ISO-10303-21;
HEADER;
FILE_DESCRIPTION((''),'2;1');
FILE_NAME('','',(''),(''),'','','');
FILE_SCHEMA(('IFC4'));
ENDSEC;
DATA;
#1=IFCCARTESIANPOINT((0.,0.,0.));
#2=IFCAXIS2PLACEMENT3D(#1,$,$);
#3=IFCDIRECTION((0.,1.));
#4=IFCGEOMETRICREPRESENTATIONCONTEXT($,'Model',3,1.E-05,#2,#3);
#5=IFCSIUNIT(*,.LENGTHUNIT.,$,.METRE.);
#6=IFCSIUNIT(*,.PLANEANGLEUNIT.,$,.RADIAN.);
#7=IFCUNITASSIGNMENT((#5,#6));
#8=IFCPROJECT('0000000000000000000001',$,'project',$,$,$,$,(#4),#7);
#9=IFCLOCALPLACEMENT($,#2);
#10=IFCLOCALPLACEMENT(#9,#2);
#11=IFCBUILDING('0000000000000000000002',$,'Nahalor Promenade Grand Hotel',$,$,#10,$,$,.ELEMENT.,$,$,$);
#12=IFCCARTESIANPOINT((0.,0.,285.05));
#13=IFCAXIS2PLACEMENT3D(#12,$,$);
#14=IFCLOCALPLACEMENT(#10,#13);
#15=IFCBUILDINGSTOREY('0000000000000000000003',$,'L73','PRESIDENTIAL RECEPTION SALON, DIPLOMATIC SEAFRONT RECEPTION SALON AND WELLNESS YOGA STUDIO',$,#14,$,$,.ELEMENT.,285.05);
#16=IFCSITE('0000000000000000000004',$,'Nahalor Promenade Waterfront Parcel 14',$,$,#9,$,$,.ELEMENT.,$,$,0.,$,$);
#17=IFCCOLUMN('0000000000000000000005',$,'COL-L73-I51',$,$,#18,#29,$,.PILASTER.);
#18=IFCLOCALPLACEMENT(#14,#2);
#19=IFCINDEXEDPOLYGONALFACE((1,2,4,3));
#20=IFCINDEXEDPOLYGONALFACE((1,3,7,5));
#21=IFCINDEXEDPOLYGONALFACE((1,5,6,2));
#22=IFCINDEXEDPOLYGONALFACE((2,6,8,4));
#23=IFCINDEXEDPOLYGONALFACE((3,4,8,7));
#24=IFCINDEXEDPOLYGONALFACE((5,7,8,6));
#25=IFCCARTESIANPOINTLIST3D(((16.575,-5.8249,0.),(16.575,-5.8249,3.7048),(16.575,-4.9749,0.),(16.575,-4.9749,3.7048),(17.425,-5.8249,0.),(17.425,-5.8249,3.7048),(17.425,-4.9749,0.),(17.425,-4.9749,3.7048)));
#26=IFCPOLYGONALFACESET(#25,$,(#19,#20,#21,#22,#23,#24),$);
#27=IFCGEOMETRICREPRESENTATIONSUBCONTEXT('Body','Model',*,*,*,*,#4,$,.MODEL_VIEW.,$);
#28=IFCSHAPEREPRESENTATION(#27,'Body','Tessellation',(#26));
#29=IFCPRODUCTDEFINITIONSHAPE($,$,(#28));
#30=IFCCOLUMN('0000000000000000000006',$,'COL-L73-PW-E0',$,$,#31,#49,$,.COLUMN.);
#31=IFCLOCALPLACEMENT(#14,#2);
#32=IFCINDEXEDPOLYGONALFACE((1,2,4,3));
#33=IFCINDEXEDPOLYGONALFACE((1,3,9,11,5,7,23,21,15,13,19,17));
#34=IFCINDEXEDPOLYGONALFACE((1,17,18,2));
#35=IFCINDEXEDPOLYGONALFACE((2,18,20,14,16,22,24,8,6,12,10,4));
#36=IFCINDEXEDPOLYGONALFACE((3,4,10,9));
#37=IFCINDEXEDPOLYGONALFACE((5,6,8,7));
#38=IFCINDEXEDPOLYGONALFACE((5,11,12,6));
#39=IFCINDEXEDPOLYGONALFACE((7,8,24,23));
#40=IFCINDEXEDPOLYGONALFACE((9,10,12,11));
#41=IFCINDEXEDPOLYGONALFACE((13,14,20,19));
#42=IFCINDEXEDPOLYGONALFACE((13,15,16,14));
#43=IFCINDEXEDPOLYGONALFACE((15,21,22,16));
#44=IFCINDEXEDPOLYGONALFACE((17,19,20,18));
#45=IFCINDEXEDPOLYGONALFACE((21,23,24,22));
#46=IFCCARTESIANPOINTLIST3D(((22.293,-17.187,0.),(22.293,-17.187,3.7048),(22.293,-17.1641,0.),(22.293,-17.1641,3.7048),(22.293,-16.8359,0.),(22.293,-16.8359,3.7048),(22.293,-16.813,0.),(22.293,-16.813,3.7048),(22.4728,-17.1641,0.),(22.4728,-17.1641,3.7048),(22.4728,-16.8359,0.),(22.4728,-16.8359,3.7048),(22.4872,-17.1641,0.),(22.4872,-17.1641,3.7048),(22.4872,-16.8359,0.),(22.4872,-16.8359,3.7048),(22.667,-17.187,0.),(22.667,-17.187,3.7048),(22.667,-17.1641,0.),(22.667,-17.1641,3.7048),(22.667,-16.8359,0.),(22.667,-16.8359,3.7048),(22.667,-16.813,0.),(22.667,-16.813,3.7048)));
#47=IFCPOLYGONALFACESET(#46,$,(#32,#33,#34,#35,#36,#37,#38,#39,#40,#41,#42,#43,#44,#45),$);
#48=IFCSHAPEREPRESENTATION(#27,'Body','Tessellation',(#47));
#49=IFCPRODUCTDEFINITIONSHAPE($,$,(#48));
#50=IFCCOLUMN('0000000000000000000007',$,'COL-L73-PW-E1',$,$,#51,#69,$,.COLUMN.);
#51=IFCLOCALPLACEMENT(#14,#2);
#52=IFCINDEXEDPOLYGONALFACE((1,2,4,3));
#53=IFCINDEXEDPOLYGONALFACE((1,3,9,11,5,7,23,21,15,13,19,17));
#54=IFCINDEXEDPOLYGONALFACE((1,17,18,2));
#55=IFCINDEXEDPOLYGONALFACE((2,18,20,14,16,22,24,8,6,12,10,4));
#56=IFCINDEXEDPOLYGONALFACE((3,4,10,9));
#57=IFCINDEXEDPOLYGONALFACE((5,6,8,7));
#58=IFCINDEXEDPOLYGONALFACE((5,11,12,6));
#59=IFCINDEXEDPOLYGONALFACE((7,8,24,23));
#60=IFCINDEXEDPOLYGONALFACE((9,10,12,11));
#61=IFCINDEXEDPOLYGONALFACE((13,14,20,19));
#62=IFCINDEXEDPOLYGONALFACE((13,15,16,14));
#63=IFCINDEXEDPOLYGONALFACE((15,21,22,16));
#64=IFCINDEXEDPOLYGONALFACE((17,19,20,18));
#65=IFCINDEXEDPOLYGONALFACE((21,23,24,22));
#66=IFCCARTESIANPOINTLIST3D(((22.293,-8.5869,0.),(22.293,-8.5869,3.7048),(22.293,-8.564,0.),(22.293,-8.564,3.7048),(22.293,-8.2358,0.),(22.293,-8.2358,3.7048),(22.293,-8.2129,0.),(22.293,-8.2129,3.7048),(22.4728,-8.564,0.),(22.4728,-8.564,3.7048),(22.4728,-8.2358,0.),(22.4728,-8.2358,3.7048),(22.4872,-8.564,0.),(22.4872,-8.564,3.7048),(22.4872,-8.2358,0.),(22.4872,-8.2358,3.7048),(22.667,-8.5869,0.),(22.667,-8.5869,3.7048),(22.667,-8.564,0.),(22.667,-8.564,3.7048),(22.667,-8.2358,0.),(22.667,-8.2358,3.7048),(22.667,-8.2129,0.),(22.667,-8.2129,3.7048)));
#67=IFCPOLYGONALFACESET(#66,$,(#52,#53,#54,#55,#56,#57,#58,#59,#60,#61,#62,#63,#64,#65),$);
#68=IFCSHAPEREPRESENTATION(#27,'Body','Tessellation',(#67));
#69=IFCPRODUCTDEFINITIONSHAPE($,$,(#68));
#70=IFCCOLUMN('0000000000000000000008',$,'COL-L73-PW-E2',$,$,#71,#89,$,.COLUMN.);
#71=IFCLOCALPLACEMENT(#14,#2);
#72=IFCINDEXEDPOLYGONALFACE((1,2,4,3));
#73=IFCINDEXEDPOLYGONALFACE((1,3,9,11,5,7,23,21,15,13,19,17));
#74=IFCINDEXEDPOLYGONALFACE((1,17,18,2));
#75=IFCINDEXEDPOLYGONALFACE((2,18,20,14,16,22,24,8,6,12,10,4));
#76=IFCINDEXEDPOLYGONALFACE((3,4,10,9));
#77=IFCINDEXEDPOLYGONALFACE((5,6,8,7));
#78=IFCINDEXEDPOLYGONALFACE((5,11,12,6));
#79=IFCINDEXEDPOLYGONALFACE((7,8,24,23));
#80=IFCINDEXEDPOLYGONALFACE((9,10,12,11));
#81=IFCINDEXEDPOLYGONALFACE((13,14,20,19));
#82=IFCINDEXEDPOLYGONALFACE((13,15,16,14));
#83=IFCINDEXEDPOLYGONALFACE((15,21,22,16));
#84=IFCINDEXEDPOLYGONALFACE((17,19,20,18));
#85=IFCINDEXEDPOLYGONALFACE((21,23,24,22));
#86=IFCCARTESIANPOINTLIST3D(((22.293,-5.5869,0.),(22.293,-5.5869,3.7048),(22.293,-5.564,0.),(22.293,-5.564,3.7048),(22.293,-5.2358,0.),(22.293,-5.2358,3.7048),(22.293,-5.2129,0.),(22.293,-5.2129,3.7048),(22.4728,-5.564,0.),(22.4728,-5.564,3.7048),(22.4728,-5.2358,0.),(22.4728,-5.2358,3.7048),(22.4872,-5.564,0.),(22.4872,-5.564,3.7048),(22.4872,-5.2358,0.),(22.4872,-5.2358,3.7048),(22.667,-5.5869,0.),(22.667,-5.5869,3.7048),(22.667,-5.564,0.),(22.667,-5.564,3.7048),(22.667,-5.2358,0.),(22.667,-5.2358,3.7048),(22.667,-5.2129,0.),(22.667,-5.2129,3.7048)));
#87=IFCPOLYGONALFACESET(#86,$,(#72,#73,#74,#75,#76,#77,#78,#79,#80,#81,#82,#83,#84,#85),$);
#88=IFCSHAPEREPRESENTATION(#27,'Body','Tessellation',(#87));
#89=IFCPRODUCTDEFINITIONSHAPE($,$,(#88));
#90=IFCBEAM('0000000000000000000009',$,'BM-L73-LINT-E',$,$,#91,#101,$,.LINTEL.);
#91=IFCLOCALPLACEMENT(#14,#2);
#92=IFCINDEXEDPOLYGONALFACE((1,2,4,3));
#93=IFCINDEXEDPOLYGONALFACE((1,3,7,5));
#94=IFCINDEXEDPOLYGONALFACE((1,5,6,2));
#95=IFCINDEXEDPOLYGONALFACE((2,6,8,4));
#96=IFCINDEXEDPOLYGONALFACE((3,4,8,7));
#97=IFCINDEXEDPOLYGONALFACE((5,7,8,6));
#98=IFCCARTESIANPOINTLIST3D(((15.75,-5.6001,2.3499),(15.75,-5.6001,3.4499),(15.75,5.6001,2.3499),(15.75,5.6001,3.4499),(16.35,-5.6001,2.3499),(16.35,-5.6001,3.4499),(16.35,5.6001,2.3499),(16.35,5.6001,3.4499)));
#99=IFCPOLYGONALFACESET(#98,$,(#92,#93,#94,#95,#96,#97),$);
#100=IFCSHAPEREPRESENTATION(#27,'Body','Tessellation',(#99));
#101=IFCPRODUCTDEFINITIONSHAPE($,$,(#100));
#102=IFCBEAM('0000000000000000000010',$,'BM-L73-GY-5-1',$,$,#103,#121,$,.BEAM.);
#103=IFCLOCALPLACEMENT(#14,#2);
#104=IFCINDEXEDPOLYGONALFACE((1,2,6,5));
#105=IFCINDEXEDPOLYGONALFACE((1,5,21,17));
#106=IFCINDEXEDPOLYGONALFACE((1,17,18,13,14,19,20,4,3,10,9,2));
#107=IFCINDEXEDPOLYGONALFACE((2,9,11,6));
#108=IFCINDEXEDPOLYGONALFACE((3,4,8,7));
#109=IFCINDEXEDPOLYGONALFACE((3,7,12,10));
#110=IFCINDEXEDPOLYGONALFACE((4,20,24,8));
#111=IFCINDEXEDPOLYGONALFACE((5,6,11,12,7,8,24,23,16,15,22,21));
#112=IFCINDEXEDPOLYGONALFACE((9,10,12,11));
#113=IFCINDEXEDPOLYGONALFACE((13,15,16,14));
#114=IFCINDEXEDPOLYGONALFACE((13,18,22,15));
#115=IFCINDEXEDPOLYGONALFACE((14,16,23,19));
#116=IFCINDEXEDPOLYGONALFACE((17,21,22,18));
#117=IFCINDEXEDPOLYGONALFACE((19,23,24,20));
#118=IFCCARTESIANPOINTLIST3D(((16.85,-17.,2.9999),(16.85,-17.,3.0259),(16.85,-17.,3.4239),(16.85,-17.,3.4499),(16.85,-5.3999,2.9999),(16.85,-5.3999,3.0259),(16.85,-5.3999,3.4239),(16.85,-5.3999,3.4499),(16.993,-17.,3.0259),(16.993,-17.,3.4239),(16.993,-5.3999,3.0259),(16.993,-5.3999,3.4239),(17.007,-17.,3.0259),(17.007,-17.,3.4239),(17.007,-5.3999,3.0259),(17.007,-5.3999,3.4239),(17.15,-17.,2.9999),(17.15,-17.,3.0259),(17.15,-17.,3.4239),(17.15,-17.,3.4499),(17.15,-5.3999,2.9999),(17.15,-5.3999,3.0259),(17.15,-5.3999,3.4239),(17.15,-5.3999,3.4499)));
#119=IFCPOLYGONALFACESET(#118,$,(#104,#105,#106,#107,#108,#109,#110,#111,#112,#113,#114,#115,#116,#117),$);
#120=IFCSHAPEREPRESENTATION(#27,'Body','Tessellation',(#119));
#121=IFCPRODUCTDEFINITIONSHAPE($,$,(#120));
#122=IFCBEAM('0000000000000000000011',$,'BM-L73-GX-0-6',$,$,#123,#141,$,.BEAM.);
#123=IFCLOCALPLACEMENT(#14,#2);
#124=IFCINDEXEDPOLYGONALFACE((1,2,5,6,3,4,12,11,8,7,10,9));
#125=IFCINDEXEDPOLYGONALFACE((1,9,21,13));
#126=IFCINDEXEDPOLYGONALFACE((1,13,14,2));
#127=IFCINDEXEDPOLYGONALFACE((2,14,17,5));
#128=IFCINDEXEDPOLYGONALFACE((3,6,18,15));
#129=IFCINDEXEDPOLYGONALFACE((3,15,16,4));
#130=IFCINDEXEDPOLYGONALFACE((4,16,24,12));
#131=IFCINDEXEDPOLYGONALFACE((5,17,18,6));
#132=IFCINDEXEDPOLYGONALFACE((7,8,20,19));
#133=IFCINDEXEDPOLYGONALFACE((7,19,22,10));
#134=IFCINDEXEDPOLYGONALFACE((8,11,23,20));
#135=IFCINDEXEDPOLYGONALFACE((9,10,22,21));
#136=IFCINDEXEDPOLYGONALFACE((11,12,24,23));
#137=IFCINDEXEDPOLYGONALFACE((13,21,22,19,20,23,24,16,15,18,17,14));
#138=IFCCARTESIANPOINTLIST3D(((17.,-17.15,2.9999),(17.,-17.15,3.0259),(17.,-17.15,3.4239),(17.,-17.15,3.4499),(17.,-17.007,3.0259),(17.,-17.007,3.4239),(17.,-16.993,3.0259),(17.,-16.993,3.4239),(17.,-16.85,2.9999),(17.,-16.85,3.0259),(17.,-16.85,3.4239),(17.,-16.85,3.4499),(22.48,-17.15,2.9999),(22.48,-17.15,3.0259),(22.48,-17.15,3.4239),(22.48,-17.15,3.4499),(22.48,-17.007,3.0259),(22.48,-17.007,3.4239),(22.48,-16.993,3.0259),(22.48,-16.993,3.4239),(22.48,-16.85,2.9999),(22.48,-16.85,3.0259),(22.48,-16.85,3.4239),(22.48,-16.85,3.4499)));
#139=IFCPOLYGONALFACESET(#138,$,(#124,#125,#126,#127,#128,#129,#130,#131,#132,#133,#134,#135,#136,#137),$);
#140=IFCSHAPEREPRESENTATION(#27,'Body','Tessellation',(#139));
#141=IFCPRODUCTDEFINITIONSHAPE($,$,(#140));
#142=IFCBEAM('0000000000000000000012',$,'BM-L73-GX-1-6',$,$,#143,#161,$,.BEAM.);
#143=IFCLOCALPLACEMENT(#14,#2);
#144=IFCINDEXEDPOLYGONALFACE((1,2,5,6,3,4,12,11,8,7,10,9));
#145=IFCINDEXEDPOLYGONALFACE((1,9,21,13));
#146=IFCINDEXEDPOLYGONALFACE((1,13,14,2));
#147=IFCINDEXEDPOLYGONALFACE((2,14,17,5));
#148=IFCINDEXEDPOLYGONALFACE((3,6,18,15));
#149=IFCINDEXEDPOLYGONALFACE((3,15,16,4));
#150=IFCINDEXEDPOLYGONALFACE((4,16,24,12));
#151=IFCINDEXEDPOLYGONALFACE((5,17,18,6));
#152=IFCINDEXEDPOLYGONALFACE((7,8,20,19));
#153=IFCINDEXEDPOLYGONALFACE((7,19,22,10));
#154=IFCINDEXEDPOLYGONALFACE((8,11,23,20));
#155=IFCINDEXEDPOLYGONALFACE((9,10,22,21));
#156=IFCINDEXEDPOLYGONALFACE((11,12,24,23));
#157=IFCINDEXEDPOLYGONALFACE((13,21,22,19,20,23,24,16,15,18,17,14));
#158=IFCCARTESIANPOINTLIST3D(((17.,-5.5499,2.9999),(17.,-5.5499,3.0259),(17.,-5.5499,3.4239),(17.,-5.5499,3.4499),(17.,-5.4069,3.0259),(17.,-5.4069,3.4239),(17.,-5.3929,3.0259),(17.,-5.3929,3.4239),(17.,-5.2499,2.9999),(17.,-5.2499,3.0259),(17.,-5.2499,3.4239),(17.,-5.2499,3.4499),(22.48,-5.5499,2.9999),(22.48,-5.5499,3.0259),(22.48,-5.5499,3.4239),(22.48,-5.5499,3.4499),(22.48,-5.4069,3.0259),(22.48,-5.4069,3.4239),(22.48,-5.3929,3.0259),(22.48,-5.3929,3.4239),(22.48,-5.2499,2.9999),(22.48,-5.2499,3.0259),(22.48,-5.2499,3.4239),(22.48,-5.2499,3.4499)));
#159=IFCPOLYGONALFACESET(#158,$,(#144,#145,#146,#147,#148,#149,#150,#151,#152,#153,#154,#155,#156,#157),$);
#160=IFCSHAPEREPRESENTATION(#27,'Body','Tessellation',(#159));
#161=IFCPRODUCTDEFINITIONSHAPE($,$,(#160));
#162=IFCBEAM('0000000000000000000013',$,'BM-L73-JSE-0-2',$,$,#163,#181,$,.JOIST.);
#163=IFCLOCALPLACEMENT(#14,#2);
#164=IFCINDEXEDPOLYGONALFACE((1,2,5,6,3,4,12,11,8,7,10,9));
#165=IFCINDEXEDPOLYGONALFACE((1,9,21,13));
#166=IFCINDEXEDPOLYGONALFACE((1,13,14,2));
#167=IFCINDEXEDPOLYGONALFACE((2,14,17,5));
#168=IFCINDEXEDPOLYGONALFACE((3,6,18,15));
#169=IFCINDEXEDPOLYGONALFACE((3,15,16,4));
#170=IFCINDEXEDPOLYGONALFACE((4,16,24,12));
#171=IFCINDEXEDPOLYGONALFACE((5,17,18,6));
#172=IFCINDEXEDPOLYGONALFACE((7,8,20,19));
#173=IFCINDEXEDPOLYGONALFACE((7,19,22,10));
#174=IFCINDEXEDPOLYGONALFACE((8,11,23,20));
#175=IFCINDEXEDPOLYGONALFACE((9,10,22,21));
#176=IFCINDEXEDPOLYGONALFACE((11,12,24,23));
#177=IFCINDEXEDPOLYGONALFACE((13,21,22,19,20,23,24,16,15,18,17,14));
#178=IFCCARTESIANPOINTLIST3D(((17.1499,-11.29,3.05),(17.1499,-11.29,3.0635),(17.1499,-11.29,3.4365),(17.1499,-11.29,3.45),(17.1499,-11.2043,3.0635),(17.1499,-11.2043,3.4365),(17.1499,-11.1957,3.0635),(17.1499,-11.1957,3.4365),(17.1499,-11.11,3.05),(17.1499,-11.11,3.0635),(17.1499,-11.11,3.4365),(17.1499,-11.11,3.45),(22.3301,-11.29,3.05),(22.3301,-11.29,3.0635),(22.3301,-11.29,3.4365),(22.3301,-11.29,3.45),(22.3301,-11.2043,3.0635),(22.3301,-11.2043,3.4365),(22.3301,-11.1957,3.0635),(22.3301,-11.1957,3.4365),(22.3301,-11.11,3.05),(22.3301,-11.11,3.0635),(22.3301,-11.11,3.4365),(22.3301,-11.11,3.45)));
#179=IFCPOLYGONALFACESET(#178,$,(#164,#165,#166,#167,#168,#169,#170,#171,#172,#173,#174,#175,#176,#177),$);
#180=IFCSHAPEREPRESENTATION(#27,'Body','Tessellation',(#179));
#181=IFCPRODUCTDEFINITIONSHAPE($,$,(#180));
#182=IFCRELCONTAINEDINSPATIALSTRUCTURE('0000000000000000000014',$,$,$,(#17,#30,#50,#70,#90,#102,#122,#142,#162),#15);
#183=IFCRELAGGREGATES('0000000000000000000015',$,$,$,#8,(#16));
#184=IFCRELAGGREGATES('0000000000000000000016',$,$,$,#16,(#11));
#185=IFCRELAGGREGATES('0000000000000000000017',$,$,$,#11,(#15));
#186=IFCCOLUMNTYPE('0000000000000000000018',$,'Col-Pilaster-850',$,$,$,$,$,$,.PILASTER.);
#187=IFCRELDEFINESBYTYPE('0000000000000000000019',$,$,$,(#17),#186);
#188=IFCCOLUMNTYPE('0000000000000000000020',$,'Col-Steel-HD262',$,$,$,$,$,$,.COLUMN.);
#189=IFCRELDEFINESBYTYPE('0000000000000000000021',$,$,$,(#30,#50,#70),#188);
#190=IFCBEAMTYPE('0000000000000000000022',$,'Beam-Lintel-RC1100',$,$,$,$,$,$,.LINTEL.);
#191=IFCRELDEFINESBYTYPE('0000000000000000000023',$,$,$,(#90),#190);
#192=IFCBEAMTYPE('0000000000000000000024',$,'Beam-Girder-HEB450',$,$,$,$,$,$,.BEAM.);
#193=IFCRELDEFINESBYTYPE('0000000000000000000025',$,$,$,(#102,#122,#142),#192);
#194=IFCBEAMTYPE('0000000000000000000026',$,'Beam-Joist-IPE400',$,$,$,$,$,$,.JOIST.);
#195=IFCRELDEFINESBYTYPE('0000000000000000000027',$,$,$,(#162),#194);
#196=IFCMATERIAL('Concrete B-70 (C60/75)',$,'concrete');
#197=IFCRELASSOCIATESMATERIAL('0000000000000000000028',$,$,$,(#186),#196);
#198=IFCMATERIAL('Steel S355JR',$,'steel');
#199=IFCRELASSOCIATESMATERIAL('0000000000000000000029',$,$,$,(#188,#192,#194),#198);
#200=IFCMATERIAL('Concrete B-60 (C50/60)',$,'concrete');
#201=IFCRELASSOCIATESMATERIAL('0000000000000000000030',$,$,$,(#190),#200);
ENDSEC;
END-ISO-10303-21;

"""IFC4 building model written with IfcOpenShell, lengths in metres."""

from ifc_helpers import new_model, si_unit, direction, frame, origin, origin_2d, place, context, subcontext, project, spatial, rectangle, i_section, extrude, source, transform, mapped, material, material_profile, profile_set, type_object, element, save


model = new_model("IFC4")

# Units and contexts
model_context = context("Model", 3, precision=1e-05, world=origin(), true_north=direction((0.0, 1.0)))
body_context = subcontext(model_context, "Body", "Model", "MODEL_VIEW")
ifc_project = project(units=[si_unit("LENGTHUNIT", "METRE"), si_unit("PLANEANGLEUNIT", "RADIAN")], contexts=[model_context])

# Site, building, storey
site_placement = place(None, origin())
site = spatial("IfcSite", under=ifc_project, at=site_placement, Name="Nahalor Promenade Waterfront Parcel 14", CompositionType="ELEMENT", RefElevation=0.0)
building_placement = place(site_placement, origin())
building = spatial("IfcBuilding", under=site, at=building_placement, Name="Nahalor Promenade Grand Hotel", CompositionType="ELEMENT")
storey_placement = place(building_placement, frame((0.0, 0.0, 285.05)))
storey = spatial("IfcBuildingStorey", under=building, at=storey_placement, Name="L73", Description="PRESIDENTIAL RECEPTION SALON, DIPLOMATIC SEAFRONT RECEPTION SALON AND WELLNESS YOGA STUDIO", CompositionType="ELEMENT", Elevation=285.05)

# Columns
ifc_material_1 = material(Name="Concrete B-70 (C60/75)", Category="concrete")
ifc_material_profile_1 = material_profile(ifc_material_1, rectangle(XDim=0.85, YDim=0.85, at=origin_2d()), Name="RC 850x850")
ifc_profile_set_1 = profile_set([ifc_material_profile_1], Name="Concrete B-70 (C60/75)")
column_type_1 = type_object("IfcColumnType", Name="Col-Pilaster-850", PredefinedType="PILASTER", material=ifc_profile_set_1)
shared_shape_1 = source(origin(), body_context, "Body", "SweptSolid", [
    extrude(rectangle(XDim=0.85, YDim=0.85, at=origin_2d()), origin(), (0.0, 0.0, 1.0), 3.7048),
])
column_placement = place(storey_placement, frame((17.0, -5.3999, 0.0), z_axis=(0.0, 0.0, 1.0), x_axis=(1.0, 0.0, 0.0)))
element("IfcColumn", 1, at=column_placement, inside=storey, type_object=column_type_1, Name="COL-L73-I51", PredefinedType="PILASTER", context=body_context, shape_type="MappedRepresentation", body=[
    mapped(shared_shape_1, transform((0.0, 0.0, 0.0), scale=1.0)),
])
ifc_material_2 = material(Name="Steel S355JR", Category="steel")
ifc_material_profile_2 = material_profile(ifc_material_2, i_section(OverallWidth=0.374, OverallDepth=0.374, WebThickness=0.0144, FlangeThickness=0.0229, at=origin_2d()), Name="HD 360x262")
ifc_profile_set_2 = profile_set([ifc_material_profile_2], Name="Steel S355JR")
column_type_2 = type_object("IfcColumnType", Name="Col-Steel-HD262", PredefinedType="COLUMN", material=ifc_profile_set_2)
shared_shape_2 = source(origin(), body_context, "Body", "SweptSolid", [
    extrude(i_section(OverallWidth=0.374, OverallDepth=0.374, WebThickness=0.0144, FlangeThickness=0.0229, at=origin_2d()), origin(), (0.0, 0.0, 1.0), 3.7048),
])
for number, where, z_axis, x_axis, name in (
    (2, (22.48, -17.0, 0.0), (0.0, 0.0, 1.0), (1.0, 0.0, 0.0), "COL-L73-PW-E0"),
    (3, (22.48, -8.3999, 0.0), (0.0, 0.0, 1.0), (1.0, 0.0, 0.0), "COL-L73-PW-E1"),
    (4, (22.48, -5.3999, 0.0), (0.0, 0.0, 1.0), (1.0, 0.0, 0.0), "COL-L73-PW-E2"),
):
    element("IfcColumn", number, at=place(storey_placement, frame(where, z_axis=z_axis, x_axis=x_axis)), inside=storey, type_object=column_type_2, Name=name, PredefinedType="COLUMN", context=body_context, shape_type="MappedRepresentation", body=[
        mapped(shared_shape_2, transform((0.0, 0.0, 0.0), scale=1.0)),
    ])

# Beams
ifc_material_3 = material(Name="Concrete B-60 (C50/60)", Category="concrete")
ifc_material_profile_3 = material_profile(ifc_material_3, rectangle(XDim=0.6, YDim=1.1, at=origin_2d()), Name="RC 600x1100")
ifc_profile_set_3 = profile_set([ifc_material_profile_3], Name="Concrete B-60 (C50/60)")
beam_type_1 = type_object("IfcBeamType", Name="Beam-Lintel-RC1100", PredefinedType="LINTEL", material=ifc_profile_set_3)
shared_shape_3 = source(origin(), body_context, "Body", "SweptSolid", [
    extrude(rectangle(XDim=0.6, YDim=1.1, at=origin_2d()), origin(), (0.0, 0.0, 1.0), 11.2002),
])
beam_1_placement = place(storey_placement, frame((16.05, -5.6001, 2.8999), z_axis=(0.0, 1.0, 0.0), x_axis=(-1.0, 0.0, 0.0)))
element("IfcBeam", 5, at=beam_1_placement, inside=storey, type_object=beam_type_1, Name="BM-L73-LINT-E", PredefinedType="LINTEL", context=body_context, shape_type="MappedRepresentation", body=[
    mapped(shared_shape_3, transform((0.0, 0.0, 0.0), scale=1.0)),
])
ifc_material_profile_4 = material_profile(ifc_material_2, i_section(OverallWidth=0.3, OverallDepth=0.45, WebThickness=0.014, FlangeThickness=0.026, at=origin_2d()), Name="HEB 450")
ifc_profile_set_4 = profile_set([ifc_material_profile_4], Name="Steel S355JR")
beam_type_2 = type_object("IfcBeamType", Name="Beam-Girder-HEB450", PredefinedType="BEAM", material=ifc_profile_set_4)
shared_shape_4 = source(origin(), body_context, "Body", "SweptSolid", [
    extrude(i_section(OverallWidth=0.3, OverallDepth=0.45, WebThickness=0.014, FlangeThickness=0.026, at=origin_2d()), origin(), (0.0, 0.0, 1.0), 11.6001),
])
beam_2_placement = place(storey_placement, frame((17.0, -17.0, 3.2249), z_axis=(0.0, 1.0, 0.0), x_axis=(-1.0, 0.0, 0.0)))
element("IfcBeam", 6, at=beam_2_placement, inside=storey, type_object=beam_type_2, Name="BM-L73-GY-5-1", PredefinedType="BEAM", context=body_context, shape_type="MappedRepresentation", body=[
    mapped(shared_shape_4, transform((0.0, 0.0, 0.0), scale=1.0)),
])
shared_shape_5 = source(origin(), body_context, "Body", "SweptSolid", [
    extrude(i_section(OverallWidth=0.3, OverallDepth=0.45, WebThickness=0.014, FlangeThickness=0.026, at=origin_2d()), origin(), (0.0, 0.0, 1.0), 5.48),
])
for number, where, z_axis, x_axis, name in (
    (7, (17.0, -17.0, 3.2249), (1.0, 0.0, 0.0), (0.0, 1.0, 0.0), "BM-L73-GX-0-6"),
    (8, (17.0, -5.3999, 3.2249), (1.0, 0.0, 0.0), (0.0, 1.0, 0.0), "BM-L73-GX-1-6"),
):
    element("IfcBeam", number, at=place(storey_placement, frame(where, z_axis=z_axis, x_axis=x_axis)), inside=storey, type_object=beam_type_2, Name=name, PredefinedType="BEAM", context=body_context, shape_type="MappedRepresentation", body=[
        mapped(shared_shape_5, transform((0.0, 0.0, 0.0), scale=1.0)),
    ])
ifc_material_profile_5 = material_profile(ifc_material_2, i_section(OverallWidth=0.18, OverallDepth=0.4, WebThickness=0.0086, FlangeThickness=0.0135, at=origin_2d()), Name="IPE 400")
ifc_profile_set_5 = profile_set([ifc_material_profile_5], Name="Steel S355JR")
beam_type_3 = type_object("IfcBeamType", Name="Beam-Joist-IPE400", PredefinedType="JOIST", material=ifc_profile_set_5)
shared_shape_6 = source(origin(), body_context, "Body", "SweptSolid", [
    extrude(i_section(OverallWidth=0.18, OverallDepth=0.4, WebThickness=0.0086, FlangeThickness=0.0135, at=origin_2d()), origin(), (0.0, 0.0, 1.0), 5.1802),
])
beam_3_placement = place(storey_placement, frame((17.1499, -11.2, 3.25), z_axis=(1.0, 0.0, 0.0), x_axis=(0.0, 1.0, 0.0)))
element("IfcBeam", 9, at=beam_3_placement, inside=storey, type_object=beam_type_3, Name="BM-L73-JSE-0-2", PredefinedType="JOIST", context=body_context, shape_type="MappedRepresentation", body=[
    mapped(shared_shape_6, transform((0.0, 0.0, 0.0), scale=1.0)),
])

save(model, "model.ifc")
